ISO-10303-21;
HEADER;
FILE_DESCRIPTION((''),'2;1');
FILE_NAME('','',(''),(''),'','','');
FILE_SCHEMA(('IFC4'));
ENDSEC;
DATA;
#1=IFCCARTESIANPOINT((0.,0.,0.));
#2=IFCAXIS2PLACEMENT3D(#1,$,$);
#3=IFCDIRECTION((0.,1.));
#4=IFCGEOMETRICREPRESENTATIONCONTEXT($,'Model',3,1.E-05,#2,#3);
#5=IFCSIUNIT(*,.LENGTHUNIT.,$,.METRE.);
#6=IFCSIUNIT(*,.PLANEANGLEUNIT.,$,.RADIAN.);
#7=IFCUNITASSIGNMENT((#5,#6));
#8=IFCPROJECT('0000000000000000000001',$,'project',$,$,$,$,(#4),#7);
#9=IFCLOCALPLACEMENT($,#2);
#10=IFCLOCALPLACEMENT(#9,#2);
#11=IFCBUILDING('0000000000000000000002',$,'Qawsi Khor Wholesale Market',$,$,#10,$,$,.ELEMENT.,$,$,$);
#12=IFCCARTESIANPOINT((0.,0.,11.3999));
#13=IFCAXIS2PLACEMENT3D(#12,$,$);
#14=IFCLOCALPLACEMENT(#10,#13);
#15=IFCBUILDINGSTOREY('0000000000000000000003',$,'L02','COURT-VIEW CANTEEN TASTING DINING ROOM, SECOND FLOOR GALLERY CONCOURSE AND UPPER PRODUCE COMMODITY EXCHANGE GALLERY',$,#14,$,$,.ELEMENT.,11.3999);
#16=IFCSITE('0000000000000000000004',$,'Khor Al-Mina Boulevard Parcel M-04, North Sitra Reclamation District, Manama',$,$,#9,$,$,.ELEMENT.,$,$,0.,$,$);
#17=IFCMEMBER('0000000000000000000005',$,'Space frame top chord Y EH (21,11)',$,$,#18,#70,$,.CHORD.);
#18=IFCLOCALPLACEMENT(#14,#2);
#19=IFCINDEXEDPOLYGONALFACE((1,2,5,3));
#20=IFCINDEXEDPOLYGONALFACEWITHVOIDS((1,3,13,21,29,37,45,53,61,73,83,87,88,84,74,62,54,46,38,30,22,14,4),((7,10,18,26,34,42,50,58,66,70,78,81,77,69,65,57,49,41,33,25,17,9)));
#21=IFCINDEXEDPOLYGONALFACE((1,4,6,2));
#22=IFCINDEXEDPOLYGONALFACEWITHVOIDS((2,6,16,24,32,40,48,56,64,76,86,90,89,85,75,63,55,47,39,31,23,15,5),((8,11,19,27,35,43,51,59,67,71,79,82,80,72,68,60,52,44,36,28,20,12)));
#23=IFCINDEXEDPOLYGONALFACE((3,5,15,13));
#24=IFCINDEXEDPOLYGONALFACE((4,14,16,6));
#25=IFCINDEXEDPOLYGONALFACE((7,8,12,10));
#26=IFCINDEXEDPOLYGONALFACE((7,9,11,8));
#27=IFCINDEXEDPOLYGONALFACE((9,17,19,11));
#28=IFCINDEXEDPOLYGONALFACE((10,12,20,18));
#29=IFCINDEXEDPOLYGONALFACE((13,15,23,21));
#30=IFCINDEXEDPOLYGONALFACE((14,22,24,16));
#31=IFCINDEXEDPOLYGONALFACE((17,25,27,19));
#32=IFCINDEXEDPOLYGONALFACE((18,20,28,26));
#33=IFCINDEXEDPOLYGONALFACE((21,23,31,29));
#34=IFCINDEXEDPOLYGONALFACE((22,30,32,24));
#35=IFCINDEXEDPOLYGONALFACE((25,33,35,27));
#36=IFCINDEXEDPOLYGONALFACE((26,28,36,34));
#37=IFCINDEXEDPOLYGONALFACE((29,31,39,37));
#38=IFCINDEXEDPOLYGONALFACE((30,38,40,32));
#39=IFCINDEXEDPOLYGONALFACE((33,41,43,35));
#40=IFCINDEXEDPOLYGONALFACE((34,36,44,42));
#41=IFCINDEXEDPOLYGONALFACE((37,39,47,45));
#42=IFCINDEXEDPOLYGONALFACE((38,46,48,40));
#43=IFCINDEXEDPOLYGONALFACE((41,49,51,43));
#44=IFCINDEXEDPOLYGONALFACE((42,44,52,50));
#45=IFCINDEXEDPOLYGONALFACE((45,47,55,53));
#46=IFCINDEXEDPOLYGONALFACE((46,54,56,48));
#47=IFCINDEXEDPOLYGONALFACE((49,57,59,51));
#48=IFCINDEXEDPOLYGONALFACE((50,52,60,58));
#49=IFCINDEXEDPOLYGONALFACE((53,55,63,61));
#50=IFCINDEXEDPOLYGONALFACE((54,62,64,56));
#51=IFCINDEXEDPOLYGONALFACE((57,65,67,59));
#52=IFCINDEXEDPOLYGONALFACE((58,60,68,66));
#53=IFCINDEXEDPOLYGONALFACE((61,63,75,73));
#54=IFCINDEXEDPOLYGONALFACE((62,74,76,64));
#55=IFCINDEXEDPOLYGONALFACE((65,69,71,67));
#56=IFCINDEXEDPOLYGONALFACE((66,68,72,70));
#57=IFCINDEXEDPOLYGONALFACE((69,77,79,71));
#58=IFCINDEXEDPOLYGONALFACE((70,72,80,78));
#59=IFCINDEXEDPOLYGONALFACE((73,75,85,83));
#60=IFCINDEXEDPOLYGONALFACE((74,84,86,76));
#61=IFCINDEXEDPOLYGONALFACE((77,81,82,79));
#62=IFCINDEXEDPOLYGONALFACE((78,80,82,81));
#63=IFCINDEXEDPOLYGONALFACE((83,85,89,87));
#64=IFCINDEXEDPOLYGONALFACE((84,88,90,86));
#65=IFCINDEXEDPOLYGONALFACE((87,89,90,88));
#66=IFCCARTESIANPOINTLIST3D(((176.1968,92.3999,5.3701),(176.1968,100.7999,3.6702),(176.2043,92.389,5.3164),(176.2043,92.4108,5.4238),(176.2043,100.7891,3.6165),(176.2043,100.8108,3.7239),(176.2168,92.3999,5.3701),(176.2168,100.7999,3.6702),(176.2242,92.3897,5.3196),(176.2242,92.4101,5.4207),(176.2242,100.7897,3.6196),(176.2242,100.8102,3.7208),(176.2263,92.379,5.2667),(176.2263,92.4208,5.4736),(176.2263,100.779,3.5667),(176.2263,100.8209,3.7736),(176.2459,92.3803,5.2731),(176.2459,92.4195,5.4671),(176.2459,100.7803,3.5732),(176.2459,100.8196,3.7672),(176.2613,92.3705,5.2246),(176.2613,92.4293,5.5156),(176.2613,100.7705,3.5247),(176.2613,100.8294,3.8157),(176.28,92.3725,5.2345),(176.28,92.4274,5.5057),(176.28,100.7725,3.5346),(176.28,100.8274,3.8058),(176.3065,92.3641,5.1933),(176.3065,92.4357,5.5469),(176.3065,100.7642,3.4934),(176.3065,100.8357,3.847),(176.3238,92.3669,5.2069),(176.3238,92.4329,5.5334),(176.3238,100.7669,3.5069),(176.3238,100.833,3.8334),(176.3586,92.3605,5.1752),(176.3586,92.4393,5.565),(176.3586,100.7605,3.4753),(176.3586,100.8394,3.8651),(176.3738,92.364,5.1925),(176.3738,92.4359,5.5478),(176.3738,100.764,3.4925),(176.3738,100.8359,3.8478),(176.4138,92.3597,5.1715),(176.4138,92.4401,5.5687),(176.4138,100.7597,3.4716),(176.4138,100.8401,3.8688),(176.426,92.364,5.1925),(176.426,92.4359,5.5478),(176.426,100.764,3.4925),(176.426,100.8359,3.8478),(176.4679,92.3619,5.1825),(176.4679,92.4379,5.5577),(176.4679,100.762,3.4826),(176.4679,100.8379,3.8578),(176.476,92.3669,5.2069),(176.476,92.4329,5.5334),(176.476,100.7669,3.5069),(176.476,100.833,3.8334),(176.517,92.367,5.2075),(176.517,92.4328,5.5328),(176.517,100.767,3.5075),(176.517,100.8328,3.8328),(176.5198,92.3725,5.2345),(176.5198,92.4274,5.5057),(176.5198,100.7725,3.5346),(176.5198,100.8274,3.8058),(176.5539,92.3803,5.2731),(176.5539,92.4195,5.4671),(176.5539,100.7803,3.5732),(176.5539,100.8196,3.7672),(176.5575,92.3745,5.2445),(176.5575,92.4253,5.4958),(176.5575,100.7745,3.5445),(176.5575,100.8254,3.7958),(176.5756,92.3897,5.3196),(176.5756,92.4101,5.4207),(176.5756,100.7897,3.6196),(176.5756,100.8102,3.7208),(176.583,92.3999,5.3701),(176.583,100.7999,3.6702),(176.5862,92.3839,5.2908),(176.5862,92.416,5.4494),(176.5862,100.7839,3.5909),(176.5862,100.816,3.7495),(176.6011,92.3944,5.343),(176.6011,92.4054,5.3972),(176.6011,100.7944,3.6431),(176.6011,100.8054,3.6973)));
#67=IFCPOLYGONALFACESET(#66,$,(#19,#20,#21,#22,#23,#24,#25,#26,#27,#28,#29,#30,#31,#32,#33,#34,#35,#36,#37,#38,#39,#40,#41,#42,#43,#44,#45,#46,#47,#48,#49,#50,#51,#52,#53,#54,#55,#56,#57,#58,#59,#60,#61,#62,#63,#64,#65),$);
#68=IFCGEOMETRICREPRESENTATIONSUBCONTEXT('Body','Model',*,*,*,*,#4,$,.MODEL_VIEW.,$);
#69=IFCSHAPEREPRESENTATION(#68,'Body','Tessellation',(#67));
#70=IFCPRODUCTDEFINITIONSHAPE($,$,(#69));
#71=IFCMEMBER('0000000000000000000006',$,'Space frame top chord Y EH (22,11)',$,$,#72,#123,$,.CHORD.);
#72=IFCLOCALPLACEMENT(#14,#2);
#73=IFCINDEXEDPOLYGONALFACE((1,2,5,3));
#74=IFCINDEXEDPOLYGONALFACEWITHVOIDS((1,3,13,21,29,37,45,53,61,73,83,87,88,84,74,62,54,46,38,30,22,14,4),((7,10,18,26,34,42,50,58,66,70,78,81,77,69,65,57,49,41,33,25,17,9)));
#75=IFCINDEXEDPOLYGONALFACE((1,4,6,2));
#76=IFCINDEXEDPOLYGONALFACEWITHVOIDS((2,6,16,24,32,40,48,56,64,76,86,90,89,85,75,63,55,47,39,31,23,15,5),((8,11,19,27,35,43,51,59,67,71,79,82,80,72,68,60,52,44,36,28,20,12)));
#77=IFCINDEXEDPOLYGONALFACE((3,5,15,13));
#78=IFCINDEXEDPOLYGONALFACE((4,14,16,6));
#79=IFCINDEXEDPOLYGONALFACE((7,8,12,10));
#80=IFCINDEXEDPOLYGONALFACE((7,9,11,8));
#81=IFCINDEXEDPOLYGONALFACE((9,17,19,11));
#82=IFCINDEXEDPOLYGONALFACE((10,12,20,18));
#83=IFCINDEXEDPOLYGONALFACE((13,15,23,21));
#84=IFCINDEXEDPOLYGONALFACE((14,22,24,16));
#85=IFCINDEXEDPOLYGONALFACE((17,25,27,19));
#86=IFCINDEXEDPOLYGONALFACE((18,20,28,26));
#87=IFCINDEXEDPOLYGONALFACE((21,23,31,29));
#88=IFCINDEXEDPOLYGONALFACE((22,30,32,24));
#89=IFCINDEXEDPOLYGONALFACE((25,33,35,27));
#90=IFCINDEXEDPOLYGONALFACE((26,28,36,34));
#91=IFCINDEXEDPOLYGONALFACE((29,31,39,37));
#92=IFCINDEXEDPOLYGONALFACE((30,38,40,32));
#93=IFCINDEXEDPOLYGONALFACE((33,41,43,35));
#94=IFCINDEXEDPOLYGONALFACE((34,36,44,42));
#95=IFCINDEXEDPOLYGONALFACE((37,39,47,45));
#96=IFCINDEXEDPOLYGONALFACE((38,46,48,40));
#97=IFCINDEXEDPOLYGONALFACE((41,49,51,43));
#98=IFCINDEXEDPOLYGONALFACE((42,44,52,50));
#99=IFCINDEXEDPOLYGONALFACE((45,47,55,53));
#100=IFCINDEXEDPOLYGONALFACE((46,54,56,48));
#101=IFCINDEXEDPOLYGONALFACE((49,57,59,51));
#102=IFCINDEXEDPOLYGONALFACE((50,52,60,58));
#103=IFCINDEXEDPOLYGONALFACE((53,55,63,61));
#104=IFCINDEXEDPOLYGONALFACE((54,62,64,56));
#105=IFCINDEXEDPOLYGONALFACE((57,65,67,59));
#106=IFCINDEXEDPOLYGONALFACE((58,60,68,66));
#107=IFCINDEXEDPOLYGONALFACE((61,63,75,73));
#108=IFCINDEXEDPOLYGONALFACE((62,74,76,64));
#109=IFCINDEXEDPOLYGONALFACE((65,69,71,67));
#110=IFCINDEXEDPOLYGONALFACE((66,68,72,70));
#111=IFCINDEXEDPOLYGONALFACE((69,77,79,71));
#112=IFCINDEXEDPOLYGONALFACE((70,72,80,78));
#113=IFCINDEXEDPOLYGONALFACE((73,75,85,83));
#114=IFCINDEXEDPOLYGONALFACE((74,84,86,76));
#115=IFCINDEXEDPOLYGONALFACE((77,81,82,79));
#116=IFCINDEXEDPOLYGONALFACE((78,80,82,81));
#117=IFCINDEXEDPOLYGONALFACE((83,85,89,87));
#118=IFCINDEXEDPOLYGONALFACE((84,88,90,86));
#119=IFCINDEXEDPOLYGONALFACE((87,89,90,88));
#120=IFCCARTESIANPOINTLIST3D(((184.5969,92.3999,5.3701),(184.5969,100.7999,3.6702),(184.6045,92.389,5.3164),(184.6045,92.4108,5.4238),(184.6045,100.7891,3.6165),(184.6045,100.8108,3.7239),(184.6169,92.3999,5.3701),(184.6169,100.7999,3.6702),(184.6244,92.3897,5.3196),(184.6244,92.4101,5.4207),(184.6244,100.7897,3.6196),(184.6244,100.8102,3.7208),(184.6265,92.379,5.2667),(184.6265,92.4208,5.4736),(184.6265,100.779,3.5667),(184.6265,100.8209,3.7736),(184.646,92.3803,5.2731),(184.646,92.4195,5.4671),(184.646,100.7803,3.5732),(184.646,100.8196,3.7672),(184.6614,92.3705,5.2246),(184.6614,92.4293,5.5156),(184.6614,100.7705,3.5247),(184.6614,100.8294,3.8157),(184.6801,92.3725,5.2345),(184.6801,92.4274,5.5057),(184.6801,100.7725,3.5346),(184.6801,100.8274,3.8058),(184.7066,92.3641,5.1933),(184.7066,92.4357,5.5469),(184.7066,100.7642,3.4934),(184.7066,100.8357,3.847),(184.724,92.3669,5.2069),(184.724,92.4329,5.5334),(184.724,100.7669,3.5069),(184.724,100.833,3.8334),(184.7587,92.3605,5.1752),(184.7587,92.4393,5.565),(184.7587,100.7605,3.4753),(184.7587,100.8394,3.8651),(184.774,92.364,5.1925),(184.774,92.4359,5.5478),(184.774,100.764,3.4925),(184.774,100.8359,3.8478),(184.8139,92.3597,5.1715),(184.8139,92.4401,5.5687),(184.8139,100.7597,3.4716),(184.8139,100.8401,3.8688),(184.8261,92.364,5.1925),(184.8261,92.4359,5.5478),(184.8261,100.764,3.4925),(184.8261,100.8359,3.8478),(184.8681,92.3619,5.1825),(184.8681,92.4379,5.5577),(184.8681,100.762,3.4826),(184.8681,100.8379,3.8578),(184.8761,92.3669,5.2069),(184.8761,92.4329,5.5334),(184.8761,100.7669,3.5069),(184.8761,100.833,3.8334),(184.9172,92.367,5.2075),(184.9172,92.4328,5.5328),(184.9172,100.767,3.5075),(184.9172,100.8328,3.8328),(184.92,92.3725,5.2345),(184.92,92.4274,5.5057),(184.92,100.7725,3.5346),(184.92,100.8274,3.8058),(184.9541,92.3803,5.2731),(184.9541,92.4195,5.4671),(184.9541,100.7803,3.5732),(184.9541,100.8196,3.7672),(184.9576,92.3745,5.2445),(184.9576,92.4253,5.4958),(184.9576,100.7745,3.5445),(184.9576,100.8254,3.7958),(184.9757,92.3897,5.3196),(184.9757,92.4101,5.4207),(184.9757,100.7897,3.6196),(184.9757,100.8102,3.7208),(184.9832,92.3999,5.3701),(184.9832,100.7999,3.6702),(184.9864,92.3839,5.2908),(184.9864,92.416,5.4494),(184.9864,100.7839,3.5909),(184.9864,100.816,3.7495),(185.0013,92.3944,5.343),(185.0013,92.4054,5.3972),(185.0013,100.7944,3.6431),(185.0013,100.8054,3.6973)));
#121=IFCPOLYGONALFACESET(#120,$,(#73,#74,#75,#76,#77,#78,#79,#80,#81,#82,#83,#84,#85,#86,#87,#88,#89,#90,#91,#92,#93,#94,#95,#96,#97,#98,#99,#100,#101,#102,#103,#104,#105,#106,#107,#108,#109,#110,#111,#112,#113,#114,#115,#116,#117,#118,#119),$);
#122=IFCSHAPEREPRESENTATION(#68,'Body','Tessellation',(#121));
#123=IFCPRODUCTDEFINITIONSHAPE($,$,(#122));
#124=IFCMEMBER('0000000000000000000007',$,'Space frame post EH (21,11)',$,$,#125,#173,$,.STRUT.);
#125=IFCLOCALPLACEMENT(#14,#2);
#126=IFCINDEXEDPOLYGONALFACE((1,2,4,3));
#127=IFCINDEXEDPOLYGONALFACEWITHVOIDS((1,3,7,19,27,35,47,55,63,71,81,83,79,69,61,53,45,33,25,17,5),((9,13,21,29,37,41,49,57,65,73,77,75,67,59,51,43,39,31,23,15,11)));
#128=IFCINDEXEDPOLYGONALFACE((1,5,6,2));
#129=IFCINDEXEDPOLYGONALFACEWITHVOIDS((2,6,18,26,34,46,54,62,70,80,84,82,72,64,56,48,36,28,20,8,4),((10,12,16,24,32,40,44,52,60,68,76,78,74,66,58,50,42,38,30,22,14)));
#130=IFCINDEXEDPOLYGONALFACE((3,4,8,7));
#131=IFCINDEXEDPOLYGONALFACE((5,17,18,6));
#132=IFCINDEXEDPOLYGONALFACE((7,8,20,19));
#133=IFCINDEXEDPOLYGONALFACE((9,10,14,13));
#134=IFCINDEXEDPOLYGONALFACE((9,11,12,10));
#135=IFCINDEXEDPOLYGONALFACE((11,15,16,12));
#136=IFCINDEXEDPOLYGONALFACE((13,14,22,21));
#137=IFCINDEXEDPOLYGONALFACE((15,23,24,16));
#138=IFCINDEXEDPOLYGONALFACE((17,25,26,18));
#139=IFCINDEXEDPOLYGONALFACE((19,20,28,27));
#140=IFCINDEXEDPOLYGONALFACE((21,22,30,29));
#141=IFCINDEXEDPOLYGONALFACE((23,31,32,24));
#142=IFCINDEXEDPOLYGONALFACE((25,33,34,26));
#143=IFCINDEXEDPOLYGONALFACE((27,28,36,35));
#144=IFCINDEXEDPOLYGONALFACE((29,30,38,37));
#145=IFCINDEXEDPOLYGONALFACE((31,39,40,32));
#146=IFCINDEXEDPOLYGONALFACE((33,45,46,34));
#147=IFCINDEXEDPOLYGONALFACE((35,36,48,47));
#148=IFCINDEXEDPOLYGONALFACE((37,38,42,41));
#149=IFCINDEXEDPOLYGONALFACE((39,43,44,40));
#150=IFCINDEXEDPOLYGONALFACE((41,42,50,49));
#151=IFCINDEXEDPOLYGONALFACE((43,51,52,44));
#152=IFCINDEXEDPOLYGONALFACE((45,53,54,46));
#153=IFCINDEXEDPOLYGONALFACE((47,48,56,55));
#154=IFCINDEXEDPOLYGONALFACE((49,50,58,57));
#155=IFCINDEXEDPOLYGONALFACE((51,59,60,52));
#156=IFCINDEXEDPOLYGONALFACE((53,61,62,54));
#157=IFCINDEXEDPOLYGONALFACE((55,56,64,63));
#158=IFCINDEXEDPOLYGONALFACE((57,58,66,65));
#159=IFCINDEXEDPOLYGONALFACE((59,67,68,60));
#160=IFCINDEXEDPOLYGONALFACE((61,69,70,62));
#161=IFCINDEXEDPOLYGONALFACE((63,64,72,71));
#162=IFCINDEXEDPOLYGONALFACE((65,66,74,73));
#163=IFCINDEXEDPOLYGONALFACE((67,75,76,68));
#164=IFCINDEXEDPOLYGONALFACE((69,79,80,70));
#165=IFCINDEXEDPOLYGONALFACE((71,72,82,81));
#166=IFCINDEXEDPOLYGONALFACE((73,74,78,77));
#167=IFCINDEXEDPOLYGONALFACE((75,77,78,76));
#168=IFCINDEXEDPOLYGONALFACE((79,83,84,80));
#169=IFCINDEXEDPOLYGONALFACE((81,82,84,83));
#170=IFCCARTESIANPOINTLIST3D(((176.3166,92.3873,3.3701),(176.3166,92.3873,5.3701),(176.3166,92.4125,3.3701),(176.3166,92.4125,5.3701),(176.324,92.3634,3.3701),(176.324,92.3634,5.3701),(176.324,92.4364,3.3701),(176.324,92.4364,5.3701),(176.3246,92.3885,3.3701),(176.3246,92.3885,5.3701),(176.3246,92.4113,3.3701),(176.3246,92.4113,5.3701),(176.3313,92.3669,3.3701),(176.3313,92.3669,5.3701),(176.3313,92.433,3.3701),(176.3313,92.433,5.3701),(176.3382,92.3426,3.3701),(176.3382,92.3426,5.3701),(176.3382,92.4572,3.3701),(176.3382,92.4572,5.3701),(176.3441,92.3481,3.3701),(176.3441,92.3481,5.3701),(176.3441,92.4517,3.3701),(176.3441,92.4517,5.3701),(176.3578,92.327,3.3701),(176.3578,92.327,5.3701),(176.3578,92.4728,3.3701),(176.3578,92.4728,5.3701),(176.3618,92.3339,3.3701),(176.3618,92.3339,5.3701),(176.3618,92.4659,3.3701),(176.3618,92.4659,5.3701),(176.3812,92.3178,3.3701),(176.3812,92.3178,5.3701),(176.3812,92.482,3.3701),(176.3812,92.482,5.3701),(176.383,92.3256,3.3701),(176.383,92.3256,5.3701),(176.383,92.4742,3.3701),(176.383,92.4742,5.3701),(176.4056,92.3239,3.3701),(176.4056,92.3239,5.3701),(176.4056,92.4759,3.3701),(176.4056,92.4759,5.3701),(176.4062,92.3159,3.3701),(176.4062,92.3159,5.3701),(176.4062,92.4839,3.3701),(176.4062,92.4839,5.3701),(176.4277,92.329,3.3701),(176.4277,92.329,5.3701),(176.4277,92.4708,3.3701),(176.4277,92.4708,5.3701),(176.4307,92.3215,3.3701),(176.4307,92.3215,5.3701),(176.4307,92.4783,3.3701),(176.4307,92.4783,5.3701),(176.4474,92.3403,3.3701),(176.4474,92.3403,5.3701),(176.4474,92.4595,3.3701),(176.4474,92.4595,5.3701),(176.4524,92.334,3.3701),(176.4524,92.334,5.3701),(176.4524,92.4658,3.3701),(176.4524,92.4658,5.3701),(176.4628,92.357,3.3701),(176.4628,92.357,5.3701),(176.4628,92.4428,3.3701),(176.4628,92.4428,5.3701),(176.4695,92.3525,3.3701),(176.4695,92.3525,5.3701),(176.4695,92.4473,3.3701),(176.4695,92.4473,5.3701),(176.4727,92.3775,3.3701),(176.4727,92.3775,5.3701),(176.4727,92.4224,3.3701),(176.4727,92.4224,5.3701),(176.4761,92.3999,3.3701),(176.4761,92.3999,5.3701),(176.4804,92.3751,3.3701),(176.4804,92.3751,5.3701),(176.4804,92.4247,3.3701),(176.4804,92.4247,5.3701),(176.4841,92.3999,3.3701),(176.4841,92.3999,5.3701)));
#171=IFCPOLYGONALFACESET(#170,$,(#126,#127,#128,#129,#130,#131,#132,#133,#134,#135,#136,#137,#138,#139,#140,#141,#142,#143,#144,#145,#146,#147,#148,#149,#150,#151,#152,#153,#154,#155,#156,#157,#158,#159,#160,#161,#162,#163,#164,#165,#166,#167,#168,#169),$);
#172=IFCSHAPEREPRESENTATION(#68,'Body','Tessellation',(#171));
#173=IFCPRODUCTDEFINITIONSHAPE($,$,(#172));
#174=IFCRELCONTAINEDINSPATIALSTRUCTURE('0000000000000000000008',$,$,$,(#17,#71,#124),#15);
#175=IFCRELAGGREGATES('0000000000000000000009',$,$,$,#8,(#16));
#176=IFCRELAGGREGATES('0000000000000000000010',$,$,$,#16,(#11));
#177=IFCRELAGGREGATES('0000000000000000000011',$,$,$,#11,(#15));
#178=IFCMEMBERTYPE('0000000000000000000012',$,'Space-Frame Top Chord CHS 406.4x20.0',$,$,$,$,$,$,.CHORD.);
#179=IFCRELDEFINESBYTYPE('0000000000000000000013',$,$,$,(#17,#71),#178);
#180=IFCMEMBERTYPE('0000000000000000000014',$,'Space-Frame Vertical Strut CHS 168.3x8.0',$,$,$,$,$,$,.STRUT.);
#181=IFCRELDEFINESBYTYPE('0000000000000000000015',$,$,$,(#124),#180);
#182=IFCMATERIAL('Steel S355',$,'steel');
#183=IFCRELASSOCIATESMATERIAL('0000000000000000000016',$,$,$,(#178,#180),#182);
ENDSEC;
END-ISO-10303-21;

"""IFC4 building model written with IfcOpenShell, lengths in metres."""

from ifc_helpers import new_model, si_unit, direction, frame, origin, origin_2d, place, context, subcontext, project, spatial, hollow_circle, extrude, material, material_profile, profile_set, type_object, element, save


model = new_model("IFC4")

# Units and contexts
model_context = context("Model", 3, precision=1e-05, world=origin(), true_north=direction((0.0, 1.0)))
body_context = subcontext(model_context, "Body", "Model", "MODEL_VIEW")
ifc_project = project(units=[si_unit("LENGTHUNIT", "METRE"), si_unit("PLANEANGLEUNIT", "RADIAN")], contexts=[model_context])

# Site, building, storey
site_placement = place(None, origin())
site = spatial("IfcSite", under=ifc_project, at=site_placement, Name="Khor Al-Mina Boulevard Parcel M-04, North Sitra Reclamation District, Manama", CompositionType="ELEMENT", RefElevation=0.0)
building_placement = place(site_placement, origin())
building = spatial("IfcBuilding", under=site, at=building_placement, Name="Qawsi Khor Wholesale Market", CompositionType="ELEMENT")
storey_placement = place(building_placement, frame((0.0, 0.0, 11.3999)))
storey = spatial("IfcBuildingStorey", under=building, at=storey_placement, Name="L02", Description="COURT-VIEW CANTEEN TASTING DINING ROOM, SECOND FLOOR GALLERY CONCOURSE AND UPPER PRODUCE COMMODITY EXCHANGE GALLERY", CompositionType="ELEMENT", Elevation=11.3999)

# Members
ifc_material_1 = material(Name="Steel S355", Category="steel")
ifc_material_profile_1 = material_profile(ifc_material_1, hollow_circle(Radius=0.2031, WallThickness=0.02, at=origin_2d()), Name="CHS 406.4x20.0")
ifc_profile_set_1 = profile_set([ifc_material_profile_1], Name="Steel S355")
member_type_1 = type_object("IfcMemberType", Name="Space-Frame Top Chord CHS 406.4x20.0", PredefinedType="CHORD", material=ifc_profile_set_1)
for number, where, z_axis, x_axis, name in (
    (1, (176.3999, 92.3999, 5.3701), (0.0, 0.980131, -0.198351), (-1.0, 0.0, 0.0), "Space frame top chord Y EH (21,11)"),
    (2, (184.8, 92.3999, 5.3701), (0.0, 0.980131, -0.198351), (-1.0, 0.0, 0.0), "Space frame top chord Y EH (22,11)"),
):
    element("IfcMember", number, at=place(storey_placement, frame(where, z_axis=z_axis, x_axis=x_axis)), inside=storey, type_object=member_type_1, Name=name, PredefinedType="CHORD", context=body_context, shape_type="SweptSolid", body=[
        extrude(hollow_circle(Radius=0.2031, WallThickness=0.02, at=origin_2d()), origin(), (0.0, 0.0, 1.0), 8.5703),
    ])
ifc_material_profile_2 = material_profile(ifc_material_1, hollow_circle(Radius=0.0842, WallThickness=0.0081, at=origin_2d()), Name="CHS 168.3x8.0")
ifc_profile_set_2 = profile_set([ifc_material_profile_2], Name="Steel S355")
member_type_2 = type_object("IfcMemberType", Name="Space-Frame Vertical Strut CHS 168.3x8.0", PredefinedType="STRUT", material=ifc_profile_set_2)
for number, where, z_axis, x_axis, name in (
    (3, (176.3999, 92.3999, 3.3701), (0.0, 0.0, 1.0), (1.0, 0.0, 0.0), "Space frame post EH (21,11)"),
):
    element("IfcMember", number, at=place(storey_placement, frame(where, z_axis=z_axis, x_axis=x_axis)), inside=storey, type_object=member_type_2, Name=name, PredefinedType="STRUT", context=body_context, shape_type="SweptSolid", body=[
        extrude(hollow_circle(Radius=0.0842, WallThickness=0.0081, at=origin_2d()), origin(), (0.0, 0.0, 1.0), 2.0),
    ])

save(model, "model.ifc")
